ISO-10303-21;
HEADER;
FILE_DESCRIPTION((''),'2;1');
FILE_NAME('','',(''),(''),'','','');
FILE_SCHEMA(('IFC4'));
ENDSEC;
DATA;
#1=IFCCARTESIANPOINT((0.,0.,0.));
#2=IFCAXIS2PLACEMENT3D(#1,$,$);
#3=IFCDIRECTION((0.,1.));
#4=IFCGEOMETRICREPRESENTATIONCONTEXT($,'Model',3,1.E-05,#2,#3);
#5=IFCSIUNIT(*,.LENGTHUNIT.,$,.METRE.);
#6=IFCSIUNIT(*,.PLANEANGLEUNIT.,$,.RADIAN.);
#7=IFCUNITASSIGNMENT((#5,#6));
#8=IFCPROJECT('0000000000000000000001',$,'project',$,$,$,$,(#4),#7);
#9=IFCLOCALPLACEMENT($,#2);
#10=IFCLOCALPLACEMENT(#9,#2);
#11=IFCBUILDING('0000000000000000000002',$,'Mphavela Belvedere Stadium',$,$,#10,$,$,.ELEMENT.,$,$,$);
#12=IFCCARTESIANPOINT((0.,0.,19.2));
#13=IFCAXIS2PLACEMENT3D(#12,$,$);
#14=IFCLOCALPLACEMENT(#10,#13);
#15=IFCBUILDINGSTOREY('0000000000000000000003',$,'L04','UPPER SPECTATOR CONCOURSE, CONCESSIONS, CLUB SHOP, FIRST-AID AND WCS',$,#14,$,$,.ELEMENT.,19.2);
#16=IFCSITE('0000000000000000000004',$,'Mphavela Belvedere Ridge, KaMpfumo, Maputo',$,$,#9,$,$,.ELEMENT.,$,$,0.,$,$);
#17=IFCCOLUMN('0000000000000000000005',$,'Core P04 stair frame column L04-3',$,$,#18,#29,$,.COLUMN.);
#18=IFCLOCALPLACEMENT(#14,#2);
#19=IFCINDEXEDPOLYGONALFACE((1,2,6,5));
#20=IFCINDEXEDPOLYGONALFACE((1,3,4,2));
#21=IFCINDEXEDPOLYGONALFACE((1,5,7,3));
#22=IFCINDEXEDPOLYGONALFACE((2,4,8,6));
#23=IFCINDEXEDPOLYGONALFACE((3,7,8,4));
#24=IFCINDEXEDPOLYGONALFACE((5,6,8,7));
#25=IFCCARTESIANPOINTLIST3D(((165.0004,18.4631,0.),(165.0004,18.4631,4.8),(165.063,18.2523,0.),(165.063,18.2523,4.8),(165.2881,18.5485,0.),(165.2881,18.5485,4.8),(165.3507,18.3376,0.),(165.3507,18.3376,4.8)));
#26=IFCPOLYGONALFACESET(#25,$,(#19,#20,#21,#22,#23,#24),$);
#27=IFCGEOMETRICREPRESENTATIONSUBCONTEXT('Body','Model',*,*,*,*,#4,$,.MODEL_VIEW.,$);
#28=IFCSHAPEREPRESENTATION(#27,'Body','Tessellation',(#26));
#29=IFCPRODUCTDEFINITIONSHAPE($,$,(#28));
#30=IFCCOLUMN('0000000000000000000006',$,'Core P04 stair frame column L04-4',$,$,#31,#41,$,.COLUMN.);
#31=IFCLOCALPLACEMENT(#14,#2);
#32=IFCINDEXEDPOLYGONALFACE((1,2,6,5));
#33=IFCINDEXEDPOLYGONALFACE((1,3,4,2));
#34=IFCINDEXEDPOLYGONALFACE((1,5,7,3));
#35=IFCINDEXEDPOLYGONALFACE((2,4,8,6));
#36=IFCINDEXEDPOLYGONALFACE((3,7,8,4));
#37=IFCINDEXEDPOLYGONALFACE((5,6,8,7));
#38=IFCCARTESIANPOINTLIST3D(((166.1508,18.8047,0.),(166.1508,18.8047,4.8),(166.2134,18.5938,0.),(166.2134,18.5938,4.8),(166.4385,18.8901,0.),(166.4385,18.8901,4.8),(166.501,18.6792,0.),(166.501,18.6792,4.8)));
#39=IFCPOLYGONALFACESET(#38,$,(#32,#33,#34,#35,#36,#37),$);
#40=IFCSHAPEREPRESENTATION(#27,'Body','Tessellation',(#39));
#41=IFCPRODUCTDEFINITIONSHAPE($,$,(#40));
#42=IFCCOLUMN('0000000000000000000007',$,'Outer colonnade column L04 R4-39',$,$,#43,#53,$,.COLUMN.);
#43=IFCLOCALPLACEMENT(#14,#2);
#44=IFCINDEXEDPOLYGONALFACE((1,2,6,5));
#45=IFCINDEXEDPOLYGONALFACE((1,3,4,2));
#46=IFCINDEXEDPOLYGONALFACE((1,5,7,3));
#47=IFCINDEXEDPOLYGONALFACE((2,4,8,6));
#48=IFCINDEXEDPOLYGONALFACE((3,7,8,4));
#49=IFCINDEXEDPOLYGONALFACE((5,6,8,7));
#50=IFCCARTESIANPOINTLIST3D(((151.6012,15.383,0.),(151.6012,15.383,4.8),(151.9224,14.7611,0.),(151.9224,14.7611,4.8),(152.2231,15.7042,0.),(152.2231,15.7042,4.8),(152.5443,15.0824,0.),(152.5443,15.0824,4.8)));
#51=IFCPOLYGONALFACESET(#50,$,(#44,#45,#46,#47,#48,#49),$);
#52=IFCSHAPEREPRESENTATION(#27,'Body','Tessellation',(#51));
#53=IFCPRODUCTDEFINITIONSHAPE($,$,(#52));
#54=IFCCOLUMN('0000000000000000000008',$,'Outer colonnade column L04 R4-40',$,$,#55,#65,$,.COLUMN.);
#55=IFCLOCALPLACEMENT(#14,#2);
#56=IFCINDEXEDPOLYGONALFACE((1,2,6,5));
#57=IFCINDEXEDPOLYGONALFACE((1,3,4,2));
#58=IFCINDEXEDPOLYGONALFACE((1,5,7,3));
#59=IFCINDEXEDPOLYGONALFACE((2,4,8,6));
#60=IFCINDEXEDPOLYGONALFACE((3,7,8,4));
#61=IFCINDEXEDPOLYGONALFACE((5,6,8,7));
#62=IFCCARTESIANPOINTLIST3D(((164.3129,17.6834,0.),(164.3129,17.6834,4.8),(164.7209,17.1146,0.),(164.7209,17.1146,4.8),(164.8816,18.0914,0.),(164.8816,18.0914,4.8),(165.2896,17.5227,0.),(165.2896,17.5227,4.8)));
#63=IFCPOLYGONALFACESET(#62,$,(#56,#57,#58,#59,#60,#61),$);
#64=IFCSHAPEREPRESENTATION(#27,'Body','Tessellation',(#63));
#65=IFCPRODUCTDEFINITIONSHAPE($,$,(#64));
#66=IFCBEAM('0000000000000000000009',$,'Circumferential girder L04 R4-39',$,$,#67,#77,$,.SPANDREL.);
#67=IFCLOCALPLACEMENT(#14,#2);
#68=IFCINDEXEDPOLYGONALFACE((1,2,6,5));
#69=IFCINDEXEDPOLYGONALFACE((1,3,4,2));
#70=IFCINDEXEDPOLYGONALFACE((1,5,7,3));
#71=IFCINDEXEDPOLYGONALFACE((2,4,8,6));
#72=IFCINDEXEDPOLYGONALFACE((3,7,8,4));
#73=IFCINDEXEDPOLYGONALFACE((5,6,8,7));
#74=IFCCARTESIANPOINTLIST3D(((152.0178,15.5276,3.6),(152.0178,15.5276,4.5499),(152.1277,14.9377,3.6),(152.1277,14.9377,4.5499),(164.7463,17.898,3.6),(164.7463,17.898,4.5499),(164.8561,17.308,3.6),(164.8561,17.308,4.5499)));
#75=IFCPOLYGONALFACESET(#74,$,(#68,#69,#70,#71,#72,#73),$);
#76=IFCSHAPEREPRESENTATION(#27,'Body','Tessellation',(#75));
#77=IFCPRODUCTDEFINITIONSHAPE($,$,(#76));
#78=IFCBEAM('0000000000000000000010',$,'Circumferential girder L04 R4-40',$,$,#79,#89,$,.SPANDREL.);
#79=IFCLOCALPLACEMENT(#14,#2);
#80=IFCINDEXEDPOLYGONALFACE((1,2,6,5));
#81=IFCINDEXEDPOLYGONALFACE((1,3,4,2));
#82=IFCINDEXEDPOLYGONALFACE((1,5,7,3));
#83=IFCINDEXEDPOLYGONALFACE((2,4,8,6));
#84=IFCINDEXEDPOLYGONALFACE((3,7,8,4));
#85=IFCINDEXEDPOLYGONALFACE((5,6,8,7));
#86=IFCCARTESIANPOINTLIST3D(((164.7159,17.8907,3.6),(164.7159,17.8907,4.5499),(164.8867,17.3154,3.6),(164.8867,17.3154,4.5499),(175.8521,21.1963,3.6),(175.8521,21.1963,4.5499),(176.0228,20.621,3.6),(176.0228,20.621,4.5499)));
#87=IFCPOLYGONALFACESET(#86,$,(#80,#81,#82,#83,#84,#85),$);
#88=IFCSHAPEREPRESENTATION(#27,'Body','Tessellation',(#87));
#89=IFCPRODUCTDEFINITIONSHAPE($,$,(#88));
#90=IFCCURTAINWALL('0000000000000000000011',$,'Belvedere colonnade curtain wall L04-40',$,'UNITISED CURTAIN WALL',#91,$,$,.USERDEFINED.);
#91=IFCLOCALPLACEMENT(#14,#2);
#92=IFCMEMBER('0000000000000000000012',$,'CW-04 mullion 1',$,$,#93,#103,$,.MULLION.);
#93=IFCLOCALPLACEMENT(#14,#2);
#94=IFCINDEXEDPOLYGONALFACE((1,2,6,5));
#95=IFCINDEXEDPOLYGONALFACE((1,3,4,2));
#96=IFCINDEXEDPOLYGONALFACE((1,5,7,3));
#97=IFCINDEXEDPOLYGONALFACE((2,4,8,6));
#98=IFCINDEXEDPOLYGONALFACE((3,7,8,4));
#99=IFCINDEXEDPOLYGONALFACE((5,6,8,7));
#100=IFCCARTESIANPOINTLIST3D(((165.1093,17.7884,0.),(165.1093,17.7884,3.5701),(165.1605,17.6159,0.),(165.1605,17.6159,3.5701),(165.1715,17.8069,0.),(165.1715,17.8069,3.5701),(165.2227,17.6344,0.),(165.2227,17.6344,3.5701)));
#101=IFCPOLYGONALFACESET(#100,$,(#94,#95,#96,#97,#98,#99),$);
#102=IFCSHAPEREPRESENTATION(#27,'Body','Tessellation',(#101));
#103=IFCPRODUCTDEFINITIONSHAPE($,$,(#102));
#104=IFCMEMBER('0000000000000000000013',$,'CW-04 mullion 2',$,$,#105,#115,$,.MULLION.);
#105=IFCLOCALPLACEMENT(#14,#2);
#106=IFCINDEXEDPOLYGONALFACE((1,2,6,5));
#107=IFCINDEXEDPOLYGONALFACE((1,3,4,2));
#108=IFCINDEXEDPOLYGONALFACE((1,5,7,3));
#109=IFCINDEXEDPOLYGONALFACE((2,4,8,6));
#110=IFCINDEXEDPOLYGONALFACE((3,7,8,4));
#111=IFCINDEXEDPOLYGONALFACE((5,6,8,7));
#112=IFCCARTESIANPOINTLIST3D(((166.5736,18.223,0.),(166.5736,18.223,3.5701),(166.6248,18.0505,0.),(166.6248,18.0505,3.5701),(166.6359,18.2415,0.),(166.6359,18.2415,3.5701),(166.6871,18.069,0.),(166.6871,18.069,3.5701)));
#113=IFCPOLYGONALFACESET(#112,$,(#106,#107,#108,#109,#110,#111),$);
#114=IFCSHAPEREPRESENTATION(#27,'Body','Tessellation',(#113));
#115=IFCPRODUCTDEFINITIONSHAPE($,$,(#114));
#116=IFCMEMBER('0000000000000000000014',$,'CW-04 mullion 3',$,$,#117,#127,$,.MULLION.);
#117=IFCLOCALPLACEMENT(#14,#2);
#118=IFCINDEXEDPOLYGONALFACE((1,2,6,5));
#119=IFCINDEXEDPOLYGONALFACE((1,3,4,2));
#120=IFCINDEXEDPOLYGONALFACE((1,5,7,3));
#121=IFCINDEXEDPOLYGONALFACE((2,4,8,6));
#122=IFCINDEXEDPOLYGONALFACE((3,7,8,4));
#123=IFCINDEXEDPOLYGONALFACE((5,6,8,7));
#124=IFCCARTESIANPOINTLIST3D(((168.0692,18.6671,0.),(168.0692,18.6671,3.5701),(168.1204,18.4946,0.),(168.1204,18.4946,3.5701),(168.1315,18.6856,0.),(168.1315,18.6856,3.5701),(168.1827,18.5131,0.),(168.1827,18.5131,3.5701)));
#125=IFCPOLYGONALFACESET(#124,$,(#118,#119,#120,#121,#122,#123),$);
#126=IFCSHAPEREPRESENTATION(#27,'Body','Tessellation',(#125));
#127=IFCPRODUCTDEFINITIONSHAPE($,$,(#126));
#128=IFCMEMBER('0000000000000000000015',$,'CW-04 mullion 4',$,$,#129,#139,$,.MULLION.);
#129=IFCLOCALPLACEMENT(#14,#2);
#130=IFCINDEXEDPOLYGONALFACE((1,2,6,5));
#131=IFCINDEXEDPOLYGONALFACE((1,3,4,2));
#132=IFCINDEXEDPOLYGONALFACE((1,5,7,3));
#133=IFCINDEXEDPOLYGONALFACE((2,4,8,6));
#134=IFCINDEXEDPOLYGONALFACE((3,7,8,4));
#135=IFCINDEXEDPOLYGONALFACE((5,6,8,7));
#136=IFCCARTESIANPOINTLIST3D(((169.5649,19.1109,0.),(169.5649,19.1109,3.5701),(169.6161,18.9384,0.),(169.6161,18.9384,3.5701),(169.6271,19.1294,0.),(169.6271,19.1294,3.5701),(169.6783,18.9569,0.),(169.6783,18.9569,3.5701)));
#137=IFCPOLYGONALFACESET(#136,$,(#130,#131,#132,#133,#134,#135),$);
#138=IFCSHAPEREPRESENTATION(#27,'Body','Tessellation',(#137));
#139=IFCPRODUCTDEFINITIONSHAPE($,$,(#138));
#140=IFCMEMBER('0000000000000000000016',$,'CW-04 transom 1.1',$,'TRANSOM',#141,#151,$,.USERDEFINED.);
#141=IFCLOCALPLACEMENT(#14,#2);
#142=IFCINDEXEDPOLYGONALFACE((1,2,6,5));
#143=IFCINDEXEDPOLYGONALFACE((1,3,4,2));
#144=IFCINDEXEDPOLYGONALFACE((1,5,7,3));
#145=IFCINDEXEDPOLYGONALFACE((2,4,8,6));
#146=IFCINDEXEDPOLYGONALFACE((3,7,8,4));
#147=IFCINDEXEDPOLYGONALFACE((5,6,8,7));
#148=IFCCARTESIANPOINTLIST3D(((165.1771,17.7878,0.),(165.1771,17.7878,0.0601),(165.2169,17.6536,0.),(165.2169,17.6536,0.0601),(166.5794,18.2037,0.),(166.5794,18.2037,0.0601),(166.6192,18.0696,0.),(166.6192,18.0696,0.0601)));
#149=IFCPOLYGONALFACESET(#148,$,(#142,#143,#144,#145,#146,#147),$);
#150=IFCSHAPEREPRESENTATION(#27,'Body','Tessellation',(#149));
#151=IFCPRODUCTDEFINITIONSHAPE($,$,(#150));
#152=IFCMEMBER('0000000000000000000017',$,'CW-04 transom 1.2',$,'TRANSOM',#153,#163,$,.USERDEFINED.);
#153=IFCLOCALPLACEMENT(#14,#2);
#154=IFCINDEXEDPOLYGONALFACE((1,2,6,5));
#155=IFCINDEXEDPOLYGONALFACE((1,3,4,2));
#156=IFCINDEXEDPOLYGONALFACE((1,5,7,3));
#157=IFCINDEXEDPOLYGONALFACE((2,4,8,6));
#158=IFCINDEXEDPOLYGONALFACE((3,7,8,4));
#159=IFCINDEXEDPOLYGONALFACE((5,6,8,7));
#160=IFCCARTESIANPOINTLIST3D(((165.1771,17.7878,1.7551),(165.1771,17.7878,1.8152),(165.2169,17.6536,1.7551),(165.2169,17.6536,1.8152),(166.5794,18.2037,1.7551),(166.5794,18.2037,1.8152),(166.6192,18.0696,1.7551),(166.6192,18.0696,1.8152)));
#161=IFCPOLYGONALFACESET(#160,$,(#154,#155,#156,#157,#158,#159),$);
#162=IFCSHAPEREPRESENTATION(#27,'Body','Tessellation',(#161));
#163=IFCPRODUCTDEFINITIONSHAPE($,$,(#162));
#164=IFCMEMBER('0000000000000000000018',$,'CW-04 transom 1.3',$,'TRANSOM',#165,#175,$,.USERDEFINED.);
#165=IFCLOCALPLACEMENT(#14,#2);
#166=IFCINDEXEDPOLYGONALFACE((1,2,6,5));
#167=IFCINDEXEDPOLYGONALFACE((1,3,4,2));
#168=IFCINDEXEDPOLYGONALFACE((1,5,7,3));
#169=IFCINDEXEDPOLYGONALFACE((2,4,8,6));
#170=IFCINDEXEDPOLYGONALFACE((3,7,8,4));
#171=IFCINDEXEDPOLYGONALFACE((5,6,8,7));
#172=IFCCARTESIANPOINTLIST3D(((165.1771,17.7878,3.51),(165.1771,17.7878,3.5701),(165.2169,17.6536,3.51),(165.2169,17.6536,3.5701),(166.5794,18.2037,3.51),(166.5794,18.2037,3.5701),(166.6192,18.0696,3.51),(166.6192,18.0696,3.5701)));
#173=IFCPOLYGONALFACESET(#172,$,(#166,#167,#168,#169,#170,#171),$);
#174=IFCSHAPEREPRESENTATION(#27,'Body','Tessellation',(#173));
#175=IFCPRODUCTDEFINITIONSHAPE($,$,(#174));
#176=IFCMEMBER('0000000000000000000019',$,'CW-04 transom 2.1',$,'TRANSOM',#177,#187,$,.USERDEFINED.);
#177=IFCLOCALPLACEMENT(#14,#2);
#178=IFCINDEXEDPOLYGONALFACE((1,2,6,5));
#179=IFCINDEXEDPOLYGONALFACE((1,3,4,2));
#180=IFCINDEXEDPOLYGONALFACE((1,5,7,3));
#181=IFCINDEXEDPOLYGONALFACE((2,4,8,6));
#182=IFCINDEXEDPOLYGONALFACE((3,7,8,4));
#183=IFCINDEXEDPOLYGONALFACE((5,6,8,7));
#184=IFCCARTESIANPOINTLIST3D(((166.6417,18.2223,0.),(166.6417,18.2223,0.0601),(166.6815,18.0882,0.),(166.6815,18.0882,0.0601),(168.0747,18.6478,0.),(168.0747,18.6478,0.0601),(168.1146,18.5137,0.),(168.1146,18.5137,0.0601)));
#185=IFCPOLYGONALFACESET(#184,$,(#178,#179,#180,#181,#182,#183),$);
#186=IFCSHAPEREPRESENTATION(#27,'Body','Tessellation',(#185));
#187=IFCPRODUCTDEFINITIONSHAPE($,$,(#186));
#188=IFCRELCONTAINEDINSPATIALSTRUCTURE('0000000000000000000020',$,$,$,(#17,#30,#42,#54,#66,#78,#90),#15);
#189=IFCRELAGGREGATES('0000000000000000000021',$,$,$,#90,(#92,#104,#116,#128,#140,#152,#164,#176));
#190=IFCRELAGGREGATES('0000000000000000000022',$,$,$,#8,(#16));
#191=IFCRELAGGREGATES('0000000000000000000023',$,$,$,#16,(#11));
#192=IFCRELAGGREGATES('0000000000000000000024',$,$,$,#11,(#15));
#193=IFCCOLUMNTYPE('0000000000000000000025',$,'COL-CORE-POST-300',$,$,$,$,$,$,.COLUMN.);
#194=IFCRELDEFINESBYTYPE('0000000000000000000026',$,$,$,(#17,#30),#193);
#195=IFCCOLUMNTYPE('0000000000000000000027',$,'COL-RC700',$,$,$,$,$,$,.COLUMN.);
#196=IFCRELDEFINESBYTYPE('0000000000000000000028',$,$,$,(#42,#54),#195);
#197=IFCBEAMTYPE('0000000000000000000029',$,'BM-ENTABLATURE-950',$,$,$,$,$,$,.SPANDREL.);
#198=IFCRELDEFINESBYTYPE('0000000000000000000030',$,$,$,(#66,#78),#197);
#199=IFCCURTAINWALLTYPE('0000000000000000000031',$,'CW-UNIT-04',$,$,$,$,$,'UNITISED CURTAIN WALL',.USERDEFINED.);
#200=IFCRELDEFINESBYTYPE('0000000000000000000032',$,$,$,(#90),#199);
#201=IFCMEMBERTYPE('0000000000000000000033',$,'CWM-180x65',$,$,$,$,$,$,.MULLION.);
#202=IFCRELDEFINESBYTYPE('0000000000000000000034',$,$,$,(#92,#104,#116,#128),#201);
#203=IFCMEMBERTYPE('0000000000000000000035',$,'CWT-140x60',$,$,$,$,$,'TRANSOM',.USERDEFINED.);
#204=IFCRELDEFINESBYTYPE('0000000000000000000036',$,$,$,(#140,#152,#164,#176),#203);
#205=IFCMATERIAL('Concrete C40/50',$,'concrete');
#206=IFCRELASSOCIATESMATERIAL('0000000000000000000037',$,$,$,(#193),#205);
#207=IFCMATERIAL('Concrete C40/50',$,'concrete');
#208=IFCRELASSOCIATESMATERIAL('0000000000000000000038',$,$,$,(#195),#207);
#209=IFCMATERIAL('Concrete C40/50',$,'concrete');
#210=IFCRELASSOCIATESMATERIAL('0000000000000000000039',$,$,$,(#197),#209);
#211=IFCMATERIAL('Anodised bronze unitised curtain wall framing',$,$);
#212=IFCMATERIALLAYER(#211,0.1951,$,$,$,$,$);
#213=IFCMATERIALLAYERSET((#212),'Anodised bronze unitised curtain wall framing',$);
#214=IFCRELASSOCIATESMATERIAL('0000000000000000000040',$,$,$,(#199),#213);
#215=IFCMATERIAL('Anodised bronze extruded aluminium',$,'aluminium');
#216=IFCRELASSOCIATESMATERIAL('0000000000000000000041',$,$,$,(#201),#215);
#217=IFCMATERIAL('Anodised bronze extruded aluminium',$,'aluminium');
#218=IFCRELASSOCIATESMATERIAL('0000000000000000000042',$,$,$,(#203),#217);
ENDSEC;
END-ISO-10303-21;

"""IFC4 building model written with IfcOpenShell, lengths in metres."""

from ifc_helpers import new_model, si_unit, direction, frame, origin, origin_2d, place, context, subcontext, project, spatial, rectangle, extrude, material, layer, layer_set, material_profile, profile_set, type_object, element, aggregate, save


model = new_model("IFC4")

# Units and contexts
model_context = context("Model", 3, precision=1e-05, world=origin(), true_north=direction((0.0, 1.0)))
body_context = subcontext(model_context, "Body", "Model", "MODEL_VIEW")
ifc_project = project(units=[si_unit("LENGTHUNIT", "METRE"), si_unit("PLANEANGLEUNIT", "RADIAN")], contexts=[model_context])

# Site, building, storey
site_placement = place(None, origin())
site = spatial("IfcSite", under=ifc_project, at=site_placement, Name="Mphavela Belvedere Ridge, KaMpfumo, Maputo", CompositionType="ELEMENT", RefElevation=0.0)
building_placement = place(site_placement, origin())
building = spatial("IfcBuilding", under=site, at=building_placement, Name="Mphavela Belvedere Stadium", CompositionType="ELEMENT")
storey_placement = place(building_placement, frame((0.0, 0.0, 19.2)))
storey = spatial("IfcBuildingStorey", under=building, at=storey_placement, Name="L04", Description="UPPER SPECTATOR CONCOURSE, CONCESSIONS, CLUB SHOP, FIRST-AID AND WCS", CompositionType="ELEMENT", Elevation=19.2)

# Columns
ifc_material_1 = material(Name="Concrete C40/50", Category="concrete")
ifc_material_profile_1 = material_profile(ifc_material_1, rectangle(XDim=0.3, YDim=0.22, at=origin_2d()), Name="RC 300x220")
ifc_profile_set_1 = profile_set([ifc_material_profile_1], Name="Concrete C40/50")
column_type_1 = type_object("IfcColumnType", Name="COL-CORE-POST-300", PredefinedType="COLUMN", material=ifc_profile_set_1)
for number, where, z_axis, x_axis, name in (
    (1, (165.1755, 18.4004, 0.0), (0.0, 0.0, 1.0), (-0.958671, -0.284517, 0.0), "Core P04 stair frame column L04-3"),
    (2, (166.3259, 18.7419, 0.0), (0.0, 0.0, 1.0), (-0.958671, -0.284517, 0.0), "Core P04 stair frame column L04-4"),
):
    element("IfcColumn", number, at=place(storey_placement, frame(where, z_axis=z_axis, x_axis=x_axis)), inside=storey, type_object=column_type_1, Name=name, PredefinedType="COLUMN", context=body_context, shape_type="SweptSolid", body=[
        extrude(rectangle(XDim=0.3, YDim=0.22, at=origin_2d()), origin(), (0.0, 0.0, 1.0), 4.8),
    ])
ifc_material_2 = material(Name="Concrete C40/50", Category="concrete")
ifc_material_profile_2 = material_profile(ifc_material_2, rectangle(XDim=0.7, YDim=0.7, at=origin_2d()), Name="RC 700x700")
ifc_profile_set_2 = profile_set([ifc_material_profile_2], Name="Concrete C40/50")
column_type_2 = type_object("IfcColumnType", Name="COL-RC700", PredefinedType="COLUMN", material=ifc_profile_set_2)
for number, where, z_axis, x_axis, name in (
    (3, (152.0728, 15.2327, 0.0), (0.0, 0.0, 1.0), (0.45896, -0.888457, 0.0), "Outer colonnade column L04 R4-39"),
    (4, (164.8013, 17.603, 0.0), (0.0, 0.0, 1.0), (0.582974, -0.812491, 0.0), "Outer colonnade column L04 R4-40"),
):
    element("IfcColumn", number, at=place(storey_placement, frame(where, z_axis=z_axis, x_axis=x_axis)), inside=storey, type_object=column_type_2, Name=name, PredefinedType="COLUMN", context=body_context, shape_type="SweptSolid", body=[
        extrude(rectangle(XDim=0.7, YDim=0.7, at=origin_2d()), origin(), (0.0, 0.0, 1.0), 4.8),
    ])

# Beams
ifc_material_3 = material(Name="Concrete C40/50", Category="concrete")
ifc_material_profile_3 = material_profile(ifc_material_3, rectangle(XDim=0.6001, YDim=0.95, at=origin_2d()), Name="RC 600x950")
ifc_profile_set_3 = profile_set([ifc_material_profile_3], Name="Concrete C40/50")
beam_type = type_object("IfcBeamType", Name="BM-ENTABLATURE-950", PredefinedType="SPANDREL", material=ifc_profile_set_3)
beam_1_placement = place(storey_placement, frame((152.0728, 15.2327, 4.075), z_axis=(0.983099, 0.183077, 0.0), x_axis=(-0.183077, 0.983099, 0.0)))
element("IfcBeam", 5, at=beam_1_placement, inside=storey, type_object=beam_type, Name="Circumferential girder L04 R4-39", PredefinedType="SPANDREL", context=body_context, shape_type="SweptSolid", body=[
    extrude(rectangle(XDim=0.6001, YDim=0.95, at=origin_2d()), origin(), (0.0, 0.0, 1.0), 12.9473),
])
beam_2_placement = place(storey_placement, frame((164.8013, 17.603, 4.075), z_axis=(0.958656, 0.284566, 0.0), x_axis=(-0.284566, 0.958656, 0.0)))
element("IfcBeam", 6, at=beam_2_placement, inside=storey, type_object=beam_type, Name="Circumferential girder L04 R4-40", PredefinedType="SPANDREL", context=body_context, shape_type="SweptSolid", body=[
    extrude(rectangle(XDim=0.6001, YDim=0.95, at=origin_2d()), origin(), (0.0, 0.0, 1.0), 11.6165),
])

# Curtain wall, members
ifc_material_4 = material(Name="Anodised bronze unitised curtain wall framing")
ifc_layer_1 = layer(ifc_material_4, 0.1951)
ifc_layer_set_1 = layer_set([ifc_layer_1], Name="Anodised bronze unitised curtain wall framing")
curtain_wall_type = type_object("IfcCurtainWallType", Name="CW-UNIT-04", ElementType="UNITISED CURTAIN WALL", PredefinedType="USERDEFINED", material=ifc_layer_set_1)
curtain_wall_placement = place(storey_placement, origin())
curtain_wall = element("IfcCurtainWall", 7, at=curtain_wall_placement, inside=storey, type_object=curtain_wall_type, Name="Belvedere colonnade curtain wall L04-40", ObjectType="UNITISED CURTAIN WALL", PredefinedType="USERDEFINED")
ifc_material_5 = material(Name="Anodised bronze extruded aluminium", Category="aluminium")
ifc_material_profile_4 = material_profile(ifc_material_5, rectangle(XDim=0.1799, YDim=0.0649, at=origin_2d()), Name="CW-MUL 180x65")
ifc_profile_set_4 = profile_set([ifc_material_profile_4], Name="Anodised bronze extruded aluminium")
member_type_1 = type_object("IfcMemberType", Name="CWM-180x65", PredefinedType="MULLION", material=ifc_profile_set_4)
member_1_placement = place(storey_placement, frame((165.166, 17.7114, 0.0), z_axis=(0.0, 0.0, 1.0), x_axis=(-0.284561, 0.958658, 0.0)))
member_1 = element("IfcMember", 8, at=member_1_placement, type_object=member_type_1, Name="CW-04 mullion 1", PredefinedType="MULLION", context=body_context, shape_type="SweptSolid", body=[
    extrude(rectangle(XDim=0.1799, YDim=0.0649, at=origin_2d()), origin(), (0.0, 0.0, 1.0), 3.5701),
])
member_2_placement = place(storey_placement, frame((166.6304, 18.146, 0.0), z_axis=(0.0, 0.0, 1.0), x_axis=(-0.284561, 0.958658, 0.0)))
member_2 = element("IfcMember", 9, at=member_2_placement, type_object=member_type_1, Name="CW-04 mullion 2", PredefinedType="MULLION", context=body_context, shape_type="SweptSolid", body=[
    extrude(rectangle(XDim=0.1799, YDim=0.0649, at=origin_2d()), origin(), (0.0, 0.0, 1.0), 3.5701),
])
member_3_placement = place(storey_placement, frame((168.126, 18.5901, 0.0), z_axis=(0.0, 0.0, 1.0), x_axis=(-0.284561, 0.958658, 0.0)))
member_3 = element("IfcMember", 10, at=member_3_placement, type_object=member_type_1, Name="CW-04 mullion 3", PredefinedType="MULLION", context=body_context, shape_type="SweptSolid", body=[
    extrude(rectangle(XDim=0.1799, YDim=0.0649, at=origin_2d()), origin(), (0.0, 0.0, 1.0), 3.5701),
])
member_4_placement = place(storey_placement, frame((169.6216, 19.0339, 0.0), z_axis=(0.0, 0.0, 1.0), x_axis=(-0.284561, 0.958658, 0.0)))
member_4 = element("IfcMember", 11, at=member_4_placement, type_object=member_type_1, Name="CW-04 mullion 4", PredefinedType="MULLION", context=body_context, shape_type="SweptSolid", body=[
    extrude(rectangle(XDim=0.1799, YDim=0.0649, at=origin_2d()), origin(), (0.0, 0.0, 1.0), 3.5701),
])
ifc_material_6 = material(Name="Anodised bronze extruded aluminium", Category="aluminium")
ifc_material_profile_5 = material_profile(ifc_material_6, rectangle(XDim=0.1399, YDim=0.0601, at=origin_2d()), Name="CW-TRN 140x60")
ifc_profile_set_5 = profile_set([ifc_material_profile_5], Name="Anodised bronze extruded aluminium")
member_type_2 = type_object("IfcMemberType", Name="CWT-140x60", ElementType="TRANSOM", PredefinedType="USERDEFINED", material=ifc_profile_set_5)
member_5_placement = place(storey_placement, frame((165.197, 17.7207, 0.03), z_axis=(0.958704, 0.284407, 0.0), x_axis=(-0.284407, 0.958704, 0.0)))
member_5 = element("IfcMember", 12, at=member_5_placement, type_object=member_type_2, Name="CW-04 transom 1.1", ObjectType="TRANSOM", PredefinedType="USERDEFINED", context=body_context, shape_type="SweptSolid", body=[
    extrude(rectangle(XDim=0.1399, YDim=0.0601, at=origin_2d()), origin(), (0.0, 0.0, 1.0), 1.4626),
])
member_6_placement = place(storey_placement, frame((165.197, 17.7207, 1.7852), z_axis=(0.958704, 0.284407, 0.0), x_axis=(-0.284407, 0.958704, 0.0)))
member_6 = element("IfcMember", 13, at=member_6_placement, type_object=member_type_2, Name="CW-04 transom 1.2", ObjectType="TRANSOM", PredefinedType="USERDEFINED", context=body_context, shape_type="SweptSolid", body=[
    extrude(rectangle(XDim=0.1399, YDim=0.0601, at=origin_2d()), origin(), (0.0, 0.0, 1.0), 1.4626),
])
member_7_placement = place(storey_placement, frame((165.197, 17.7207, 3.54), z_axis=(0.958704, 0.284407, 0.0), x_axis=(-0.284407, 0.958704, 0.0)))
member_7 = element("IfcMember", 14, at=member_7_placement, type_object=member_type_2, Name="CW-04 transom 1.3", ObjectType="TRANSOM", PredefinedType="USERDEFINED", context=body_context, shape_type="SweptSolid", body=[
    extrude(rectangle(XDim=0.1399, YDim=0.0601, at=origin_2d()), origin(), (0.0, 0.0, 1.0), 1.4626),
])
member_8_placement = place(storey_placement, frame((166.6616, 18.1553, 0.03), z_axis=(0.958632, 0.28465, 0.0), x_axis=(-0.28465, 0.958632, 0.0)))
member_8 = element("IfcMember", 15, at=member_8_placement, type_object=member_type_2, Name="CW-04 transom 2.1", ObjectType="TRANSOM", PredefinedType="USERDEFINED", context=body_context, shape_type="SweptSolid", body=[
    extrude(rectangle(XDim=0.1399, YDim=0.0601, at=origin_2d()), origin(), (0.0, 0.0, 1.0), 1.4949),
])
aggregate(curtain_wall, [member_1, member_2, member_3, member_4, member_5, member_6, member_7, member_8])

save(model, "model.ifc")
